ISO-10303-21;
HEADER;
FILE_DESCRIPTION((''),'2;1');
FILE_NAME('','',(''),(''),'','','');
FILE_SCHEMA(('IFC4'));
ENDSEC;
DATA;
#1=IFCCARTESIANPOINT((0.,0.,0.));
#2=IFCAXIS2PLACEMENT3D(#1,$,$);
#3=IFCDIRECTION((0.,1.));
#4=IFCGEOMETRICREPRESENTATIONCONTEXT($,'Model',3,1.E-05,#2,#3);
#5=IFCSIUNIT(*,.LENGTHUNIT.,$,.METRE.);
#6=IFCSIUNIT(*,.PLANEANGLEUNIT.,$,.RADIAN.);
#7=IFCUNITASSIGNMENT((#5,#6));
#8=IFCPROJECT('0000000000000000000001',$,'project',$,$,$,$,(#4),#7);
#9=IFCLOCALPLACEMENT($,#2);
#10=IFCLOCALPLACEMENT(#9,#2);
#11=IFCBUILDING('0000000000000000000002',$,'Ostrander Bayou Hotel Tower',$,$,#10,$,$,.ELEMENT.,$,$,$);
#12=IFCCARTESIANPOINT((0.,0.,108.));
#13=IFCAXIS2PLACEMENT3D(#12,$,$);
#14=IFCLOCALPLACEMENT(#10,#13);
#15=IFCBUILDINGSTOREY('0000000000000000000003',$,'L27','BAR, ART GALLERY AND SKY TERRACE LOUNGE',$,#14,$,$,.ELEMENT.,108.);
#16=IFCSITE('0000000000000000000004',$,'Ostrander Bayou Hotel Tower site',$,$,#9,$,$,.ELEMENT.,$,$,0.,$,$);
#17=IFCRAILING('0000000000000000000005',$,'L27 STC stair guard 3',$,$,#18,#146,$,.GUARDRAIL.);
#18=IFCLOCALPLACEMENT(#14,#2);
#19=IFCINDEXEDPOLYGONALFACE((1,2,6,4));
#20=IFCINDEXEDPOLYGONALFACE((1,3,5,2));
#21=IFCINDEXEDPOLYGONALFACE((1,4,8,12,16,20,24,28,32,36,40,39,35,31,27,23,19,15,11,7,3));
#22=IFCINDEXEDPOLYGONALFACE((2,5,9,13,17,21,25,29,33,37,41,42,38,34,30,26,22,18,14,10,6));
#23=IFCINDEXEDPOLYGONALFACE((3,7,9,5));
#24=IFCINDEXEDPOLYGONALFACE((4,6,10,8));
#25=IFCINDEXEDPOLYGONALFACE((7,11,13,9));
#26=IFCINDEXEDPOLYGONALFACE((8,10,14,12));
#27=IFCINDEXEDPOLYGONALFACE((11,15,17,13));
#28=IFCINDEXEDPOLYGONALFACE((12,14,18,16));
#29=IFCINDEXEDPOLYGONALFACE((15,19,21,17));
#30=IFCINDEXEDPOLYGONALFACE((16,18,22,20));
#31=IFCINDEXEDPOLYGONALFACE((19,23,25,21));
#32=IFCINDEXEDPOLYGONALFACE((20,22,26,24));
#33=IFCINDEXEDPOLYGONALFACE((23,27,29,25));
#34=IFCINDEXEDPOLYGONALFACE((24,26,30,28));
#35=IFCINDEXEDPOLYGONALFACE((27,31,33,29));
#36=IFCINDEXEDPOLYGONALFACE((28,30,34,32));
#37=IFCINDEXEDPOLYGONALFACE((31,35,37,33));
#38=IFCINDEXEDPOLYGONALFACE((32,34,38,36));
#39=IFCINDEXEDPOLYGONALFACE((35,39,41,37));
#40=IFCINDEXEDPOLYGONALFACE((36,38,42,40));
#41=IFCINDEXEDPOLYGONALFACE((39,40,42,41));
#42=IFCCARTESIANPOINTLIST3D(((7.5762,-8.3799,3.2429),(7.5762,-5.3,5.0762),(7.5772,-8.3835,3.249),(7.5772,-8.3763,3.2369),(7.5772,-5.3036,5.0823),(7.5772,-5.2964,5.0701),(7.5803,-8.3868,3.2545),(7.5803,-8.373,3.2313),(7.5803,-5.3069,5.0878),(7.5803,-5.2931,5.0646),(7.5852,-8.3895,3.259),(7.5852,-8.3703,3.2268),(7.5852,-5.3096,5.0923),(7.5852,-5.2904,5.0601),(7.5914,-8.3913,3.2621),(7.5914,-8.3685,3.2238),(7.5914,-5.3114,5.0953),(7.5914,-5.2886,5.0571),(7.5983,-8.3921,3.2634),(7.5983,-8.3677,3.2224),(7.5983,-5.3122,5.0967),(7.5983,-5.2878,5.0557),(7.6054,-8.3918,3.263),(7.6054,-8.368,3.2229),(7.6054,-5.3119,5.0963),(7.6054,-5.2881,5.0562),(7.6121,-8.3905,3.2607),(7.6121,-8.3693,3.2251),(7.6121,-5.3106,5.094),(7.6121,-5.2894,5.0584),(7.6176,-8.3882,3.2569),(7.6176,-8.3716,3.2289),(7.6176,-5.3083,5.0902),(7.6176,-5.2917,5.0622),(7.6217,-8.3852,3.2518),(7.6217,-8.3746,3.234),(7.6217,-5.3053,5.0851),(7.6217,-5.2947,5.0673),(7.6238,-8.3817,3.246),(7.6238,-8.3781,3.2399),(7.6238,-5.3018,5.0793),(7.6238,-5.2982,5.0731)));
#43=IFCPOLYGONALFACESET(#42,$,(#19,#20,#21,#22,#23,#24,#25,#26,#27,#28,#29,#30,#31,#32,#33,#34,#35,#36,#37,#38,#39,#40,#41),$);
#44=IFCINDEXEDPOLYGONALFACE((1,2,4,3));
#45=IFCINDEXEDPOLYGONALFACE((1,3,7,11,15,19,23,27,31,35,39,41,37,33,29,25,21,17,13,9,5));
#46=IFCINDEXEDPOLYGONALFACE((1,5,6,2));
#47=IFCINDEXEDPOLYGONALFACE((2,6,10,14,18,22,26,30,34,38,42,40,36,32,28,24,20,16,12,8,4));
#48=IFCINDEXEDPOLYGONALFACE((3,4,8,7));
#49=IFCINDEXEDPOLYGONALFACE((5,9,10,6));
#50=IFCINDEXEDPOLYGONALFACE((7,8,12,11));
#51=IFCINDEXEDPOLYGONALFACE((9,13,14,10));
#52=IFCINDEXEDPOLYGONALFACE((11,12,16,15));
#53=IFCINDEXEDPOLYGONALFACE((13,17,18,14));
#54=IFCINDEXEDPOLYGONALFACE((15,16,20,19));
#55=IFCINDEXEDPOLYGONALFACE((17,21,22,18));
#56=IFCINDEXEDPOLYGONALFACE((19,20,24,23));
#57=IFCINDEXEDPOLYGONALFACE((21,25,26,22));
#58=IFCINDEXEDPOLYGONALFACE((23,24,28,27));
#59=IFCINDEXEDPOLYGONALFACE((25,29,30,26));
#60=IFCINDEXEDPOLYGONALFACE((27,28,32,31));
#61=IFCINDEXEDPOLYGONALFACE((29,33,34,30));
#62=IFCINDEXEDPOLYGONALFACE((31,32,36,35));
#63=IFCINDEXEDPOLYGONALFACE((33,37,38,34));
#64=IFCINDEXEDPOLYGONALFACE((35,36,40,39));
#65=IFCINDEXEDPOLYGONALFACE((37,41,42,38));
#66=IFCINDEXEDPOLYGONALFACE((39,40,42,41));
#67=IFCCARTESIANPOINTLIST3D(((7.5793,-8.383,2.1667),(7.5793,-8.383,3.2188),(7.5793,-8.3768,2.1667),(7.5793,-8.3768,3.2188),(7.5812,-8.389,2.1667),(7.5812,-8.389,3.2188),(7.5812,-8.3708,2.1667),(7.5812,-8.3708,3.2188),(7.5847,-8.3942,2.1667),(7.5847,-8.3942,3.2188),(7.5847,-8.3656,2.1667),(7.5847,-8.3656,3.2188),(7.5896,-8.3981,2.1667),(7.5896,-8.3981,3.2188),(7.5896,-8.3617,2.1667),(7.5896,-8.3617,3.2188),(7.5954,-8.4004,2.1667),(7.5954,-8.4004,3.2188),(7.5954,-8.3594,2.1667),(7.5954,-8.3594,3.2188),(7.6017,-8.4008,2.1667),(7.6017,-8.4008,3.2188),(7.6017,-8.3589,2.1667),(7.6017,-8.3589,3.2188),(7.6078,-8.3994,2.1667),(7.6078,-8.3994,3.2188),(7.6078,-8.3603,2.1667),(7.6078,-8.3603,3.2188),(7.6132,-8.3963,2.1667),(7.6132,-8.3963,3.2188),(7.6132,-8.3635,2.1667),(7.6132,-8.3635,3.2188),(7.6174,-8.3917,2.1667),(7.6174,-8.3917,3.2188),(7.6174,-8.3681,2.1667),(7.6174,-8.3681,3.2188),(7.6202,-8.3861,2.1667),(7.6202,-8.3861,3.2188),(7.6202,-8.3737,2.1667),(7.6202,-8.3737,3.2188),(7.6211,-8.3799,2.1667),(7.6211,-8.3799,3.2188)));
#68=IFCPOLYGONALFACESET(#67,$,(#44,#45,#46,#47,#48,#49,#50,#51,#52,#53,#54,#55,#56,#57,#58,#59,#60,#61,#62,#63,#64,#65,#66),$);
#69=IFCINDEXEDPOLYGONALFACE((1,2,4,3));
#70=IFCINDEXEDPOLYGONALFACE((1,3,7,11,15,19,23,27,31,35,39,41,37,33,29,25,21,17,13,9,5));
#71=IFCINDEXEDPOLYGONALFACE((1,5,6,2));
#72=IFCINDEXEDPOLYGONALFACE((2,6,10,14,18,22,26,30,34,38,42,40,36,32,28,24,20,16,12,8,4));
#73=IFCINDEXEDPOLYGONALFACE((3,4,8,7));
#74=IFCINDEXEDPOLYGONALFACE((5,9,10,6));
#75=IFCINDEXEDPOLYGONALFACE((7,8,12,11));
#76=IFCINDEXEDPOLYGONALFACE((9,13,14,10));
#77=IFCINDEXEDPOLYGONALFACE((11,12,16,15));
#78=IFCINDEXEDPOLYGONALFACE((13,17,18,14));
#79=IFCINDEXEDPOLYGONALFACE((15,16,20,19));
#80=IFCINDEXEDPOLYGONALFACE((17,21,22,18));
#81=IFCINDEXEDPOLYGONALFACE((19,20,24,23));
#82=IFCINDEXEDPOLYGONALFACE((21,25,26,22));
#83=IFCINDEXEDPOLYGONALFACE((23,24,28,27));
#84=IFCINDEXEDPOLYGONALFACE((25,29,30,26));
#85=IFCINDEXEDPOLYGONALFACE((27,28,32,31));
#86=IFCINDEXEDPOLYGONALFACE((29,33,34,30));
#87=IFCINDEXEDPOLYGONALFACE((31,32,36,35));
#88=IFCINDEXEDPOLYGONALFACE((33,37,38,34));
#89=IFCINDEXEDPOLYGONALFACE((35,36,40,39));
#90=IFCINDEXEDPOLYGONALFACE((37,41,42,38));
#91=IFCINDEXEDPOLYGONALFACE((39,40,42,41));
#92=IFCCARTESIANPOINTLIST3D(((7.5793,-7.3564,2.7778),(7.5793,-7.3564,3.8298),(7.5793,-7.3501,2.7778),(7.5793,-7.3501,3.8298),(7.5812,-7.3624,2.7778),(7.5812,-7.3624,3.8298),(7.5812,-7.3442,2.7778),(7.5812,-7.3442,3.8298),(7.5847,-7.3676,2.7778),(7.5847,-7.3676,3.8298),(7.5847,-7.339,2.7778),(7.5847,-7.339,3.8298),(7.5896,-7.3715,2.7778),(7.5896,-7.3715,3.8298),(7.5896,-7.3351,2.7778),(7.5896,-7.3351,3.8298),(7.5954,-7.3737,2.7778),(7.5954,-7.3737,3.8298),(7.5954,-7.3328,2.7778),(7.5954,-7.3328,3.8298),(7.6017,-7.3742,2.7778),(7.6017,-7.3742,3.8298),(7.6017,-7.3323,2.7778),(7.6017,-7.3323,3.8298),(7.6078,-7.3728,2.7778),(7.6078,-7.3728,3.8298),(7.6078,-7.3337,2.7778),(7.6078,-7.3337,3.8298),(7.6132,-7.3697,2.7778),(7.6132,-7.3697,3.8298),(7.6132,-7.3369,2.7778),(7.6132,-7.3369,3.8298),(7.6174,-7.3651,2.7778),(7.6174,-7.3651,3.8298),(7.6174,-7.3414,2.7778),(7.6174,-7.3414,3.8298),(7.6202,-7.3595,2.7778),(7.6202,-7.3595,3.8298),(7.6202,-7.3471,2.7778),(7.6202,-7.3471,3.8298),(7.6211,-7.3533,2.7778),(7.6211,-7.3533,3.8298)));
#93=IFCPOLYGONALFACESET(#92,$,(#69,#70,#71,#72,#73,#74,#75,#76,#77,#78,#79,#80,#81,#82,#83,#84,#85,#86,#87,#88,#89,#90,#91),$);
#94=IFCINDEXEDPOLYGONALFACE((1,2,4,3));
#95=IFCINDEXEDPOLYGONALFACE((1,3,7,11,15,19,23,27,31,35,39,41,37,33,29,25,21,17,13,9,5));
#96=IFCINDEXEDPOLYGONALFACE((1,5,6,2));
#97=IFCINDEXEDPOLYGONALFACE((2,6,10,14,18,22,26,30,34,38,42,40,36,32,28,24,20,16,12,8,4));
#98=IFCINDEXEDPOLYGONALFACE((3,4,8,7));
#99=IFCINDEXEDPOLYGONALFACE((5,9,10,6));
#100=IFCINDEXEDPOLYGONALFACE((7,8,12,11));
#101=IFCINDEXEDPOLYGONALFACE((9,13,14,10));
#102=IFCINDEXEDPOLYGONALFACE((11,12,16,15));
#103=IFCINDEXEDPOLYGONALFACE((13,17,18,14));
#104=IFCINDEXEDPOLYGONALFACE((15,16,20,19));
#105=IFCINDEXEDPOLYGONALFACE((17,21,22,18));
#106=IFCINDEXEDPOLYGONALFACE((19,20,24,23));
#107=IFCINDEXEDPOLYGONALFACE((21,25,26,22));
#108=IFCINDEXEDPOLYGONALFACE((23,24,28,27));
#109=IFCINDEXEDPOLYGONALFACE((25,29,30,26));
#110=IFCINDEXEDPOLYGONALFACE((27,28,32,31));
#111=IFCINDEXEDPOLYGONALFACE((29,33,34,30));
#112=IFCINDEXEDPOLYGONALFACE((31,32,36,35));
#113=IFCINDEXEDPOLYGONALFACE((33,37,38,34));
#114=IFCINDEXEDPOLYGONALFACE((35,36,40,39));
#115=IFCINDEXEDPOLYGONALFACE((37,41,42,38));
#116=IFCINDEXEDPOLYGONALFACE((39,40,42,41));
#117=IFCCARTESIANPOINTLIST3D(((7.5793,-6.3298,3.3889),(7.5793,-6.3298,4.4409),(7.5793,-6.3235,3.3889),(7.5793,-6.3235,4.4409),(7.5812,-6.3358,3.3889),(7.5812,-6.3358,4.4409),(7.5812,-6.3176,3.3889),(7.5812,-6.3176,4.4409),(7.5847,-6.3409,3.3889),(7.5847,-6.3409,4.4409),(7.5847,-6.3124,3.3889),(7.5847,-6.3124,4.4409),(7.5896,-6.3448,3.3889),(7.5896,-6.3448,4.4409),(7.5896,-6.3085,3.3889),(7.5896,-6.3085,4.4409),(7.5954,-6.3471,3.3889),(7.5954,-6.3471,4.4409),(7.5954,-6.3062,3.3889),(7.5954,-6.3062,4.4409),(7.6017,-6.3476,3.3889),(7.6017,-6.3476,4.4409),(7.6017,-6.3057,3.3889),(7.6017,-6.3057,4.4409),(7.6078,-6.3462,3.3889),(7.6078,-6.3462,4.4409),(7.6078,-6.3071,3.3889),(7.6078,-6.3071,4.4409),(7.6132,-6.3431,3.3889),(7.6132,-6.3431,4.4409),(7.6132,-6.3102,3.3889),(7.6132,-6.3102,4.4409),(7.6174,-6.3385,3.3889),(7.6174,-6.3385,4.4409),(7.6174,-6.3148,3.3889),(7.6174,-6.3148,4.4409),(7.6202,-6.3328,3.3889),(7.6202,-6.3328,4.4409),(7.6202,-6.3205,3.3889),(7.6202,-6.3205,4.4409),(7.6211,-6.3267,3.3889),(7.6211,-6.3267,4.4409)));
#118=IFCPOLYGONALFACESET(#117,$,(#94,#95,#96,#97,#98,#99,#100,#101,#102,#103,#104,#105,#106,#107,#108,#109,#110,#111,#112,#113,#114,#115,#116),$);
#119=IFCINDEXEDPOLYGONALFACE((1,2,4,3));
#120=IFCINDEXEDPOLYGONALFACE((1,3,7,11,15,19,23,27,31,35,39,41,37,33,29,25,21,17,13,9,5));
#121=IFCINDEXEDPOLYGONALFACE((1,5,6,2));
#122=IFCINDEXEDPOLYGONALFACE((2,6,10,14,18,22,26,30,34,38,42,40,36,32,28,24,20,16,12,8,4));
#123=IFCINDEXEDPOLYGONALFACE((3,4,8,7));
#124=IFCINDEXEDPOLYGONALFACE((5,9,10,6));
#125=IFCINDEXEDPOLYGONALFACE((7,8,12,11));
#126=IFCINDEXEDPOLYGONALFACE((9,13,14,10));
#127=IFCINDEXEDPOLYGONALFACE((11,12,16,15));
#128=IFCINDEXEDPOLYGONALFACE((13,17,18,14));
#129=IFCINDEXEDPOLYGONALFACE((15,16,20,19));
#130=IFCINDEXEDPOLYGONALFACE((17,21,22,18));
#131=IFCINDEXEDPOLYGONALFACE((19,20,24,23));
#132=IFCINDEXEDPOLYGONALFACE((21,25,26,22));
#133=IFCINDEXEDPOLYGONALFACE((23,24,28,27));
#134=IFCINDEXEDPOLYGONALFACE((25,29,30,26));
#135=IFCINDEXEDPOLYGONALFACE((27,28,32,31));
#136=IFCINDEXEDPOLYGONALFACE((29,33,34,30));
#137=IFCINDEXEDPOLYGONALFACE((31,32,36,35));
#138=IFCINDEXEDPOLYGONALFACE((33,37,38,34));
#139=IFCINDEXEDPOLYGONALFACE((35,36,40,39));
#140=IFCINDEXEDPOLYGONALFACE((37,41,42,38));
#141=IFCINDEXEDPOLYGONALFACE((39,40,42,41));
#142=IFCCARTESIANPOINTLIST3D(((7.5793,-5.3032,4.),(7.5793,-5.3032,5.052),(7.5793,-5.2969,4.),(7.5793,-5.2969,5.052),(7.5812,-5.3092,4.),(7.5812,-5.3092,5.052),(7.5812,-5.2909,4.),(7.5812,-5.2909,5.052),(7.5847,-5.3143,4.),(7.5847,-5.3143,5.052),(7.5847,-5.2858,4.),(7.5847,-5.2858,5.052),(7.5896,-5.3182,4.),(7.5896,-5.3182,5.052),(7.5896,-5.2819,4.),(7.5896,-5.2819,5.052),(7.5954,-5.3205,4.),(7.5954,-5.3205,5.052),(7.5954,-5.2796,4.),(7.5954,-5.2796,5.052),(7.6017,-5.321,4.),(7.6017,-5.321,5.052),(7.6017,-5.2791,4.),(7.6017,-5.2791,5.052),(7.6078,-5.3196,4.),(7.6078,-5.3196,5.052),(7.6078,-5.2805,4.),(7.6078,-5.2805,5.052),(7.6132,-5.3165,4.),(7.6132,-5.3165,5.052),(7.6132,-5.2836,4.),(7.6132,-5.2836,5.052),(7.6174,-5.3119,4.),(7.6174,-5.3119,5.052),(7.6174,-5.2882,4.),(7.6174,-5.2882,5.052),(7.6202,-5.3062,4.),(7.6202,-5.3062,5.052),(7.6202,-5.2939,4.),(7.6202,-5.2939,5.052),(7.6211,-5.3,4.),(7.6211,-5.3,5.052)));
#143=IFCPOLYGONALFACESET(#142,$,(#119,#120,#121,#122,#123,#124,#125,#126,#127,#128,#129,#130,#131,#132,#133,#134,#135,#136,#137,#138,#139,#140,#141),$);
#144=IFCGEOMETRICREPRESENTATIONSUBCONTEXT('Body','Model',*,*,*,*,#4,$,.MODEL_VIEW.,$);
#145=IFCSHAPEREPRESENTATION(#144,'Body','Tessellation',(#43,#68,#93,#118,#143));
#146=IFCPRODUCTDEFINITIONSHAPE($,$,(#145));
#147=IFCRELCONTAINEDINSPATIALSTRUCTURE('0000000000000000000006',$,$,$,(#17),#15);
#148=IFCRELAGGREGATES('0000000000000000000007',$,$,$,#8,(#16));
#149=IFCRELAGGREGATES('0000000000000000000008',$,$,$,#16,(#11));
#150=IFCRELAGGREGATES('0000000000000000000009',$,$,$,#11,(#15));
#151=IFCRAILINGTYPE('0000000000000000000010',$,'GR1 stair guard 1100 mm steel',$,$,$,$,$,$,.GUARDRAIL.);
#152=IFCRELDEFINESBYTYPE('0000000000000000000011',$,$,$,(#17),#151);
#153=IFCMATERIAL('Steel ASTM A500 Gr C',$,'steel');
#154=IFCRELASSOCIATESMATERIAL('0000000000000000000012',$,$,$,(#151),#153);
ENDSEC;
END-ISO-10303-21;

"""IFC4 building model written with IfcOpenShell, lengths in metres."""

from ifc_helpers import new_model, si_unit, direction, frame, origin, origin_2d, place, context, subcontext, project, spatial, circle, extrude, material, type_object, element, save


model = new_model("IFC4")

# Units and contexts
model_context = context("Model", 3, precision=1e-05, world=origin(), true_north=direction((0.0, 1.0)))
body_context = subcontext(model_context, "Body", "Model", "MODEL_VIEW")
ifc_project = project(units=[si_unit("LENGTHUNIT", "METRE"), si_unit("PLANEANGLEUNIT", "RADIAN")], contexts=[model_context])

# Site, building, storey
site_placement = place(None, origin())
site = spatial("IfcSite", under=ifc_project, at=site_placement, Name="Ostrander Bayou Hotel Tower site", CompositionType="ELEMENT", RefElevation=0.0)
building_placement = place(site_placement, origin())
building = spatial("IfcBuilding", under=site, at=building_placement, Name="Ostrander Bayou Hotel Tower", CompositionType="ELEMENT")
storey_placement = place(building_placement, frame((0.0, 0.0, 108.0)))
storey = spatial("IfcBuildingStorey", under=building, at=storey_placement, Name="L27", Description="BAR, ART GALLERY AND SKY TERRACE LOUNGE", CompositionType="ELEMENT", Elevation=108.0)

# Railing
ifc_material_1 = material(Name="Steel ASTM A500 Gr C", Category="steel")
railing_type_1 = type_object("IfcRailingType", Name="GR1 stair guard 1100 mm steel", PredefinedType="GUARDRAIL", material=ifc_material_1)
railing_1_placement = place(storey_placement, frame((7.6001, -8.3799, 2.1667)))
element("IfcRailing", 1, at=railing_1_placement, inside=storey, type_object=railing_type_1, Name="L27 STC stair guard 3", PredefinedType="GUARDRAIL", context=body_context, shape_type="SweptSolid", body=[
    extrude(circle(Radius=0.0239, at=origin_2d()), frame((0.0, 0.0, 1.0762), z_axis=(0.0, 0.859291, 0.511487), x_axis=(-1.0, 0.0, 0.0)), (0.0, 0.0, 1.0), 3.5842),
    extrude(circle(Radius=0.021, at=origin_2d()), origin(), (0.0, 0.0, 1.0), 1.052),
    extrude(circle(Radius=0.021, at=origin_2d()), frame((0.0, 1.0266, 0.6111)), (0.0, 0.0, 1.0), 1.052),
    extrude(circle(Radius=0.021, at=origin_2d()), frame((0.0, 2.0532, 1.2222)), (0.0, 0.0, 1.0), 1.052),
    extrude(circle(Radius=0.021, at=origin_2d()), frame((0.0, 3.0798, 1.8333)), (0.0, 0.0, 1.0), 1.052),
])

save(model, "model.ifc")
